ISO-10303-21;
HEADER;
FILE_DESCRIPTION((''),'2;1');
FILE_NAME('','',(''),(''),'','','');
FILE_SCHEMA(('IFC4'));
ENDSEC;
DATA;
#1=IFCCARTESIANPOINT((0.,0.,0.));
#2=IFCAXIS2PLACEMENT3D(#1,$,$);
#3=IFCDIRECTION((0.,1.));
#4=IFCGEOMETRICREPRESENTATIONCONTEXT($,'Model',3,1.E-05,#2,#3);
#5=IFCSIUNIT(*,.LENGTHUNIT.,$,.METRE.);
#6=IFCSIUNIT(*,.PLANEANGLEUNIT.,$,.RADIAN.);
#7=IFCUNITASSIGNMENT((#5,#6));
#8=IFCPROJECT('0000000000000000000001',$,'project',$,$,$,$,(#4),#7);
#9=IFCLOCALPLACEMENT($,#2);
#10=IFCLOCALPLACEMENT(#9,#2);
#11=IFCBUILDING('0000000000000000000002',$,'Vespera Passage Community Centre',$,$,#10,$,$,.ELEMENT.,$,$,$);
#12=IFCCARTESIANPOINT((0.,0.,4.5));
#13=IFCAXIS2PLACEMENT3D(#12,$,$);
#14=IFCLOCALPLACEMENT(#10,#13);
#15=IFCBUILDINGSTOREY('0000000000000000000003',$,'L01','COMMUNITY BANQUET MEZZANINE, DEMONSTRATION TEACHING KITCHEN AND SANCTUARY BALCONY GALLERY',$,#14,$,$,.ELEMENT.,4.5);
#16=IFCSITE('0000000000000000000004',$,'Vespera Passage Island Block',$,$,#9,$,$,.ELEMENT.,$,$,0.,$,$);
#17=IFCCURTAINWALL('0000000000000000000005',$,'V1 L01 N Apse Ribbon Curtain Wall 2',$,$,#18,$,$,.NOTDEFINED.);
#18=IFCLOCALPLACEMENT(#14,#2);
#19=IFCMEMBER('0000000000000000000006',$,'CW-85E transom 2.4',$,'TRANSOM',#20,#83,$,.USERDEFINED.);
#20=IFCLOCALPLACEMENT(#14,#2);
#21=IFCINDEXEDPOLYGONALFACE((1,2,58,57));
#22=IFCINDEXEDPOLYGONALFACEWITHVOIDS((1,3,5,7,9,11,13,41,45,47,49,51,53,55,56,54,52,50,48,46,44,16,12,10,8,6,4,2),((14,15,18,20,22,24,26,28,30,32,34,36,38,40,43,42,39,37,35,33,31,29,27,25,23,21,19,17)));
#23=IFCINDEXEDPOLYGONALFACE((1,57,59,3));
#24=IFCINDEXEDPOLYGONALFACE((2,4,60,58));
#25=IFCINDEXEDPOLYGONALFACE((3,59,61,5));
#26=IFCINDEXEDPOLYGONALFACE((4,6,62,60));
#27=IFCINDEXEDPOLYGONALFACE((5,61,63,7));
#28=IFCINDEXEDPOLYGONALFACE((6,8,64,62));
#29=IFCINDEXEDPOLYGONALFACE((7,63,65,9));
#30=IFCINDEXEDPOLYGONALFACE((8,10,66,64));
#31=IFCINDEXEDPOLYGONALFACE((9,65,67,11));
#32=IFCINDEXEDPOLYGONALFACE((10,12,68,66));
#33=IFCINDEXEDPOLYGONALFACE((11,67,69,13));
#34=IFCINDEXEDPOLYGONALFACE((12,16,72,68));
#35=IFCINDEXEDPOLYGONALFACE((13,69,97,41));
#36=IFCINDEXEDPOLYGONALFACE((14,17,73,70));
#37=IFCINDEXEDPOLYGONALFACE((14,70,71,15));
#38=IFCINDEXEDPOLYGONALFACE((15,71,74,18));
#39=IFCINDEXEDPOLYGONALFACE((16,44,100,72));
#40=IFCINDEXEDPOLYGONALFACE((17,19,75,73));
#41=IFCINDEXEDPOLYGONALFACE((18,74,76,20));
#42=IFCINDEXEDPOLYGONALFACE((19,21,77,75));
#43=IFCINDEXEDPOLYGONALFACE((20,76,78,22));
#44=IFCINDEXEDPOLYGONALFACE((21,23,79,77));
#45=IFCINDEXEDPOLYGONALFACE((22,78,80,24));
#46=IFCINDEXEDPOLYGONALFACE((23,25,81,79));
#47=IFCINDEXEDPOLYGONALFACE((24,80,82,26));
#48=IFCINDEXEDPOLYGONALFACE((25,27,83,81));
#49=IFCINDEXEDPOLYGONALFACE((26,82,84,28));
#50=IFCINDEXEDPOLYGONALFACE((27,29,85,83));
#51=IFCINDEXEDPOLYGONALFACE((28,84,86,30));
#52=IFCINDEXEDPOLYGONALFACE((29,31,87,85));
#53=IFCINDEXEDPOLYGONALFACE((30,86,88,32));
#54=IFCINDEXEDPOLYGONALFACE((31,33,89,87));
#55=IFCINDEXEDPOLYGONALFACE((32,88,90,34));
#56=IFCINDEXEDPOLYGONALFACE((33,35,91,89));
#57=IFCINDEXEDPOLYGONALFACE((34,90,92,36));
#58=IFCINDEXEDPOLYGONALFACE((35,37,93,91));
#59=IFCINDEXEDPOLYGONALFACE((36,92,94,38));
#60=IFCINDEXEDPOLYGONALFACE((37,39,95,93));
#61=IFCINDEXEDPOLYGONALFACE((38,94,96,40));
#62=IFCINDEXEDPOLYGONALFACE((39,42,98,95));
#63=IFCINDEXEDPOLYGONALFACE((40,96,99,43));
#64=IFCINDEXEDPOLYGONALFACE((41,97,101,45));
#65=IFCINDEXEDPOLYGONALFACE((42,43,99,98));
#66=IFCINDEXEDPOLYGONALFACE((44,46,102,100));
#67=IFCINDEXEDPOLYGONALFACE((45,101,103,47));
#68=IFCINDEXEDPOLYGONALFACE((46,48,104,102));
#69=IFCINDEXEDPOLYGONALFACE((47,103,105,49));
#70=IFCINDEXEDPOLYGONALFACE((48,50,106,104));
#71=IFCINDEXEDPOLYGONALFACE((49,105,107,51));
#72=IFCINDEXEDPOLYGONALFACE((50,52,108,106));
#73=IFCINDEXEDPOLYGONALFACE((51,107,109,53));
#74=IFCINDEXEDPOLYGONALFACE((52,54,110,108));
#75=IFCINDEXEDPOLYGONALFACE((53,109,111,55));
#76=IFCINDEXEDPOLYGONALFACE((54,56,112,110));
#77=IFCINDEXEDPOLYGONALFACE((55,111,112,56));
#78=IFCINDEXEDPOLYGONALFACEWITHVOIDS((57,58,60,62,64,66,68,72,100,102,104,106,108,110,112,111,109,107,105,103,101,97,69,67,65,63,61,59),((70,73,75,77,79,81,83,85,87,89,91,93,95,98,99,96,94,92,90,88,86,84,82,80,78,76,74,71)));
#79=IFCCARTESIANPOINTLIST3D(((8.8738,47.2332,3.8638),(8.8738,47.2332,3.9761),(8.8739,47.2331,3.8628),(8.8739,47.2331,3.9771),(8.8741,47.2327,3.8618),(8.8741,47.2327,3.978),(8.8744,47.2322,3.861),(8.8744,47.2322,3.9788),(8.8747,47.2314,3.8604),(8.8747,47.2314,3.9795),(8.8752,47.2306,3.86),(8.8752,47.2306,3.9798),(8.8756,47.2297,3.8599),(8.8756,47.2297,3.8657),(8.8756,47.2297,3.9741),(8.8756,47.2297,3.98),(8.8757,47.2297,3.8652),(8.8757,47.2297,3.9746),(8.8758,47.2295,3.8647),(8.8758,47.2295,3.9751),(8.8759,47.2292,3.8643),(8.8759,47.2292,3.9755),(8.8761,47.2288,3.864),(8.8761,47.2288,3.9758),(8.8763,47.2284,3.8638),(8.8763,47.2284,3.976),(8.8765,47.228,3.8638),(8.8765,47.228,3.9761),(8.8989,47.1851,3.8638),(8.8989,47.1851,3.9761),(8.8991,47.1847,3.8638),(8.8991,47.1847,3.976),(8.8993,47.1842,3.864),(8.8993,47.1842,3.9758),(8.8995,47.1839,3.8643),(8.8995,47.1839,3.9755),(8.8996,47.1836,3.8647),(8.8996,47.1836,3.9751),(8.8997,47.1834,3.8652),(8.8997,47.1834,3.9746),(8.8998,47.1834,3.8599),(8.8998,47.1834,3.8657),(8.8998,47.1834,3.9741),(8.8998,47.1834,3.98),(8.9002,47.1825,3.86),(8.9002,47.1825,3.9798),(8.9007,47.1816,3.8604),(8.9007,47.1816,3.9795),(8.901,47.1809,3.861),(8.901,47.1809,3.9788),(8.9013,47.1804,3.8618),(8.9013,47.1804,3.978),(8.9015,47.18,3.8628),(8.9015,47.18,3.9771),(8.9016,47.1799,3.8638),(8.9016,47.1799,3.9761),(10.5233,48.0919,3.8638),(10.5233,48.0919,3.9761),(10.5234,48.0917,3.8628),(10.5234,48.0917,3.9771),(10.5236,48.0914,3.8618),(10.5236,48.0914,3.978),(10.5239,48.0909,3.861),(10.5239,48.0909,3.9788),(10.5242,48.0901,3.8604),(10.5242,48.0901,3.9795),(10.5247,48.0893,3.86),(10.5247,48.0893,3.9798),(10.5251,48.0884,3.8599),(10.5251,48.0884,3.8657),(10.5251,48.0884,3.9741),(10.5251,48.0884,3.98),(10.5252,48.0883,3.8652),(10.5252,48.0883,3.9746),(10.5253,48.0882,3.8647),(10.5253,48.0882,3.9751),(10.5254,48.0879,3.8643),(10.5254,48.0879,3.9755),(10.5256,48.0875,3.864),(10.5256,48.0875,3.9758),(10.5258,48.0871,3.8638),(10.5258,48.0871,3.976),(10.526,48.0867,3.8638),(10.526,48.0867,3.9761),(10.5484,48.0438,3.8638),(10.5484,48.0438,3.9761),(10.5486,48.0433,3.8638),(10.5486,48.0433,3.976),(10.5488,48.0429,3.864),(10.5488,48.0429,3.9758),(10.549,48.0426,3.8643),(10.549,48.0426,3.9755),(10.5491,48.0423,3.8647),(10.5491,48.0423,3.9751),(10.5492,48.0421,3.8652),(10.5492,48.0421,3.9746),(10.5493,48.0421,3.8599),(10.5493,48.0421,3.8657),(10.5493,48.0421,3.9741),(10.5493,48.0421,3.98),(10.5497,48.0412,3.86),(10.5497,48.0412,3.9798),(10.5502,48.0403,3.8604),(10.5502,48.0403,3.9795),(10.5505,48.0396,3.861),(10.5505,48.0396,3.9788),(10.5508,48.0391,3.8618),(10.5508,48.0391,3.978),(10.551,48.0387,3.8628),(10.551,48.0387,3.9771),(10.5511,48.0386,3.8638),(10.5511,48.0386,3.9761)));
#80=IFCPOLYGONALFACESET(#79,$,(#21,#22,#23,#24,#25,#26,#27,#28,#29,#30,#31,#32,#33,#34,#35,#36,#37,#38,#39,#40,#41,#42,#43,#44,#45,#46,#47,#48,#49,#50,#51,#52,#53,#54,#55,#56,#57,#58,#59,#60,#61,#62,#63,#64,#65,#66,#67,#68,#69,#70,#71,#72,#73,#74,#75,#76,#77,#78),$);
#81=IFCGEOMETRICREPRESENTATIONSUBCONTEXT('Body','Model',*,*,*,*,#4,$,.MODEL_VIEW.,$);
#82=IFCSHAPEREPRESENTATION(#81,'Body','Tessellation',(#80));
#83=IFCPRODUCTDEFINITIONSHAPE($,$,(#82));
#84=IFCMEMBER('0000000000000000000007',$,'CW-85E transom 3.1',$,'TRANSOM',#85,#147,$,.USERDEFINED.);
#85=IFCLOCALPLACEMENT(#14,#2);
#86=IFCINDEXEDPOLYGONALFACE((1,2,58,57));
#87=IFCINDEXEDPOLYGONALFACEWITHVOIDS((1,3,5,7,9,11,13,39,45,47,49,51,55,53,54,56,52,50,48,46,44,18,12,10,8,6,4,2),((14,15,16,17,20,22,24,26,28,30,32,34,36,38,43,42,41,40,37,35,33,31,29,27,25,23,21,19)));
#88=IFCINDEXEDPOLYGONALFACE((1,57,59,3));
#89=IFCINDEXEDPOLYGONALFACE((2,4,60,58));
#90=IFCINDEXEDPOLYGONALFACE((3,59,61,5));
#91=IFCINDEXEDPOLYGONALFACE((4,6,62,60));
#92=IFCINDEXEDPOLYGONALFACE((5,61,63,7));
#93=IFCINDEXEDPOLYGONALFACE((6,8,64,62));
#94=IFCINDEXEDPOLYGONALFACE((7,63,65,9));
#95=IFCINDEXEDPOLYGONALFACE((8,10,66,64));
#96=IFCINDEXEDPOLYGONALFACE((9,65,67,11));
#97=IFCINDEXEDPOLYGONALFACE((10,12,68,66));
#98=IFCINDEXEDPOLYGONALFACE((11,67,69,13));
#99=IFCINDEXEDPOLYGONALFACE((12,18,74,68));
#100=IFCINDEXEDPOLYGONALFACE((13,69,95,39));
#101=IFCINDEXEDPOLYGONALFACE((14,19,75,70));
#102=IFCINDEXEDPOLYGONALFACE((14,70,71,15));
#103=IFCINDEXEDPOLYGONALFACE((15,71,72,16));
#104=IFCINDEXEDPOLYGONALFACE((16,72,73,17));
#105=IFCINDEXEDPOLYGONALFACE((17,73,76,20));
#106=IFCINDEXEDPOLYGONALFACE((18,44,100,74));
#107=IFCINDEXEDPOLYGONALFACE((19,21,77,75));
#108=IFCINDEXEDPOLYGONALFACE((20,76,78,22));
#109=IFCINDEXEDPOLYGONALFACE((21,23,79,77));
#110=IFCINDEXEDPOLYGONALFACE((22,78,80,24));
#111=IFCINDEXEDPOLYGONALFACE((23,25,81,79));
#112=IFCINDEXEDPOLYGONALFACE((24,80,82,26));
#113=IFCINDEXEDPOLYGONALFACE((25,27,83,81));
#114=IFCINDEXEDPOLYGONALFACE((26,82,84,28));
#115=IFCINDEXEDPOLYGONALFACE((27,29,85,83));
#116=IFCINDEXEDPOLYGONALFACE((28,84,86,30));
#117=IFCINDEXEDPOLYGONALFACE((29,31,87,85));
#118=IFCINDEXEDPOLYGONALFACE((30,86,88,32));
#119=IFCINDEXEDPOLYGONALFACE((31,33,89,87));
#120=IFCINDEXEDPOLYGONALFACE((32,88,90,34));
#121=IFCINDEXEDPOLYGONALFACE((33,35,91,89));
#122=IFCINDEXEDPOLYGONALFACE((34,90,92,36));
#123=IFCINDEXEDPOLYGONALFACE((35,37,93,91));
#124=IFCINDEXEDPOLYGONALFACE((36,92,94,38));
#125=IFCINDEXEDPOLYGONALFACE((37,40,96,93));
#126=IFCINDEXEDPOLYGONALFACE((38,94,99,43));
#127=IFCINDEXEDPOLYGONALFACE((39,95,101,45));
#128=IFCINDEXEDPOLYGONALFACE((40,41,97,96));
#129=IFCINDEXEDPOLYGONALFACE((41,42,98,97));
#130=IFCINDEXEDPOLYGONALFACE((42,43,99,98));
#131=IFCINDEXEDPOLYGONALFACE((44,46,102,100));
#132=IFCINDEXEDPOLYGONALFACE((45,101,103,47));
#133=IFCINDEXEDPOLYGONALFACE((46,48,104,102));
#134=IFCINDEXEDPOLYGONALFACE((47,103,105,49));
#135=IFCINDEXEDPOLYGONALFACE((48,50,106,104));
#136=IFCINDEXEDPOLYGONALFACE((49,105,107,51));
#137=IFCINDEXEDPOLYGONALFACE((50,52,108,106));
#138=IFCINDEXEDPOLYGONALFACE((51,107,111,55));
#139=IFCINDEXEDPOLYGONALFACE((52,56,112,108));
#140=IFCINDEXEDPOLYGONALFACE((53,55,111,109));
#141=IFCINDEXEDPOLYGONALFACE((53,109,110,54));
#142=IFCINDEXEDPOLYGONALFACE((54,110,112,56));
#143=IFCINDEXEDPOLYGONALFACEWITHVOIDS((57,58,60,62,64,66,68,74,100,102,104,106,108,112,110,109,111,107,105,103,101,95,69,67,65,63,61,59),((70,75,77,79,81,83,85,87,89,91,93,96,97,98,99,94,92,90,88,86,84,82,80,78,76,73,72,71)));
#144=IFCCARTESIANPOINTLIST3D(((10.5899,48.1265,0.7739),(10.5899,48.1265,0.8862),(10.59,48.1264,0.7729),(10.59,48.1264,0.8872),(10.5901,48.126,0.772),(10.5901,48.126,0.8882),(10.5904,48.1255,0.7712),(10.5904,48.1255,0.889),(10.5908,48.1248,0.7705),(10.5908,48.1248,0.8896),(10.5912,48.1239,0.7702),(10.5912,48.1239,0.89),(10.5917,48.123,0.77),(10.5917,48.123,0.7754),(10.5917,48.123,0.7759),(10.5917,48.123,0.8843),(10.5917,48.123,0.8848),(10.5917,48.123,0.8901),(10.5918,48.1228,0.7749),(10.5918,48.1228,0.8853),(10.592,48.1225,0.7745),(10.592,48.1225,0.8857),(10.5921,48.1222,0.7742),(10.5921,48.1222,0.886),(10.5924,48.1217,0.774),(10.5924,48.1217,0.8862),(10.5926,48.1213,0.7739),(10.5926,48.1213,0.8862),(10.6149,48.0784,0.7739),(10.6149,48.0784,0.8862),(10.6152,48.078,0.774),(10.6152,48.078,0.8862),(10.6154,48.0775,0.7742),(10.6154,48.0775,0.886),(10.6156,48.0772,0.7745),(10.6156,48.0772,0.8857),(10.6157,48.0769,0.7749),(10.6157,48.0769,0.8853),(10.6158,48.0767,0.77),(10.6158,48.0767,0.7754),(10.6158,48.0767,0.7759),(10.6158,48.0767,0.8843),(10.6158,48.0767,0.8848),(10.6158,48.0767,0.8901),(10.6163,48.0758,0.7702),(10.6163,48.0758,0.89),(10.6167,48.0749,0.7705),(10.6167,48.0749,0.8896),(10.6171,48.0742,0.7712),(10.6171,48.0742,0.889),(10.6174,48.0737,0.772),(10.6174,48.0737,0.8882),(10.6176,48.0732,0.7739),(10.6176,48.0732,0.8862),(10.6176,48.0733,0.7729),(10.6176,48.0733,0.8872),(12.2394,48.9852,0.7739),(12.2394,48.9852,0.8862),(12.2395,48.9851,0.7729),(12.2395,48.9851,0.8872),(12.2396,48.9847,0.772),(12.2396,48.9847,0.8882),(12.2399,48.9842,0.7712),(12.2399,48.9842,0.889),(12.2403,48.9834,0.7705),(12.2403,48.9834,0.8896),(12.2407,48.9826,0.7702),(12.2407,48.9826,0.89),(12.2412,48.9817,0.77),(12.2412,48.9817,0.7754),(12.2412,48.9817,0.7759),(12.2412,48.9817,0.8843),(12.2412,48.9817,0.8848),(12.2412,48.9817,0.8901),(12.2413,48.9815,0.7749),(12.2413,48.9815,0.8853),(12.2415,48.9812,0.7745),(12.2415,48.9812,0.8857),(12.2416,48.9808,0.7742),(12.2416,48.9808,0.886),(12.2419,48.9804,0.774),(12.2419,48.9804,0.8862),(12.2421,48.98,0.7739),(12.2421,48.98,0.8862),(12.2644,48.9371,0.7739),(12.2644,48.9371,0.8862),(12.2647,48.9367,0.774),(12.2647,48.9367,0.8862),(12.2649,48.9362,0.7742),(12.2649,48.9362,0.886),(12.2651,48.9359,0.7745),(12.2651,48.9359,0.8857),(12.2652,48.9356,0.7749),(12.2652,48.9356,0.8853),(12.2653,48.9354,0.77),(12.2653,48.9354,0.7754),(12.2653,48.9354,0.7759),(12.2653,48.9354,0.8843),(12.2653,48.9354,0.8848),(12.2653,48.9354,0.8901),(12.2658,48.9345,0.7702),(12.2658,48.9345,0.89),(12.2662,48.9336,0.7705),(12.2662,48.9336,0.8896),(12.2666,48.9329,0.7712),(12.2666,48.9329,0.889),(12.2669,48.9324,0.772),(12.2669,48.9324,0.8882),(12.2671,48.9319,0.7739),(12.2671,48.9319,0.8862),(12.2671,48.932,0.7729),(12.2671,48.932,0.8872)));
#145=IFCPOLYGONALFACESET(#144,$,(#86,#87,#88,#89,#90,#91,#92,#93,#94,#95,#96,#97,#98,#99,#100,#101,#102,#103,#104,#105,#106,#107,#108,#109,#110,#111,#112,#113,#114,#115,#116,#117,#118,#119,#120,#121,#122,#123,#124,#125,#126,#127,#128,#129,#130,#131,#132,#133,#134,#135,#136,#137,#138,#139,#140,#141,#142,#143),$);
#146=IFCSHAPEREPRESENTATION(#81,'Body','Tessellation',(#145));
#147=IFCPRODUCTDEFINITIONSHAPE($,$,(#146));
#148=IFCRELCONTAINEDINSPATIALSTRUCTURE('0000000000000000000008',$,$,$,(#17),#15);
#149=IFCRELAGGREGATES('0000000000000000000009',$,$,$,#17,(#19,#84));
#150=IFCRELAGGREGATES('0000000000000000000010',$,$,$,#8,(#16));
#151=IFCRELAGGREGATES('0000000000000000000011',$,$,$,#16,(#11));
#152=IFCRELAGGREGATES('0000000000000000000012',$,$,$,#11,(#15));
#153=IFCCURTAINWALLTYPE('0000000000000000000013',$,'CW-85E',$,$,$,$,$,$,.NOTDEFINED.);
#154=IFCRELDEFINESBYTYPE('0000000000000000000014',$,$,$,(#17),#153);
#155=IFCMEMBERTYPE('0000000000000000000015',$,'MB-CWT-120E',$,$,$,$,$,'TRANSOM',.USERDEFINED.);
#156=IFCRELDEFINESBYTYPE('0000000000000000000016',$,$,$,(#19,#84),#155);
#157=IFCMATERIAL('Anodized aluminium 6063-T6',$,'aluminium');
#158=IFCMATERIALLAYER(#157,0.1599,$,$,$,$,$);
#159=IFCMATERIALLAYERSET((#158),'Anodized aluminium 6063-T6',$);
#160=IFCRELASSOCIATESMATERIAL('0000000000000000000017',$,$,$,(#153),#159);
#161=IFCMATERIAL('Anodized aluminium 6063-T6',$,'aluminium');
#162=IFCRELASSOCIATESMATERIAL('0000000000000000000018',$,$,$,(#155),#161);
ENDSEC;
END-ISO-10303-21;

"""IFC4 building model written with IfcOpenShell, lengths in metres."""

from ifc_helpers import new_model, si_unit, direction, frame, origin, origin_2d, place, context, subcontext, project, spatial, hollow_rectangle, extrude, material, layer, layer_set, material_profile, profile_set, type_object, element, aggregate, save


model = new_model("IFC4")

# Units and contexts
model_context = context("Model", 3, precision=1e-05, world=origin(), true_north=direction((0.0, 1.0)))
body_context = subcontext(model_context, "Body", "Model", "MODEL_VIEW")
ifc_project = project(units=[si_unit("LENGTHUNIT", "METRE"), si_unit("PLANEANGLEUNIT", "RADIAN")], contexts=[model_context])

# Site, building, storey
site_placement = place(None, origin())
site = spatial("IfcSite", under=ifc_project, at=site_placement, Name="Vespera Passage Island Block", CompositionType="ELEMENT", RefElevation=0.0)
building_placement = place(site_placement, origin())
building = spatial("IfcBuilding", under=site, at=building_placement, Name="Vespera Passage Community Centre", CompositionType="ELEMENT")
storey_placement = place(building_placement, frame((0.0, 0.0, 4.5)))
storey = spatial("IfcBuildingStorey", under=building, at=storey_placement, Name="L01", Description="COMMUNITY BANQUET MEZZANINE, DEMONSTRATION TEACHING KITCHEN AND SANCTUARY BALCONY GALLERY", CompositionType="ELEMENT", Elevation=4.5)

# Curtain wall, members
ifc_material_1 = material(Name="Anodized aluminium 6063-T6", Category="aluminium")
ifc_layer_1 = layer(ifc_material_1, 0.1599)
ifc_layer_set_1 = layer_set([ifc_layer_1], Name="Anodized aluminium 6063-T6")
curtain_wall_type = type_object("IfcCurtainWallType", Name="CW-85E", PredefinedType="NOTDEFINED", material=ifc_layer_set_1)
curtain_wall_placement = place(storey_placement, origin())
curtain_wall = element("IfcCurtainWall", 1, at=curtain_wall_placement, inside=storey, type_object=curtain_wall_type, Name="V1 L01 N Apse Ribbon Curtain Wall 2", PredefinedType="NOTDEFINED")
ifc_material_2 = material(Name="Anodized aluminium 6063-T6", Category="aluminium")
ifc_material_profile_1 = material_profile(ifc_material_2, hollow_rectangle(XDim=0.0601, YDim=0.1201, WallThickness=0.0039, InnerFilletRadius=0.002, OuterFilletRadius=0.0039, at=origin_2d()), Name="ALU120X60X4")
ifc_profile_set_1 = profile_set([ifc_material_profile_1], Name="Anodized aluminium 6063-T6")
member_type_1 = type_object("IfcMemberType", Name="MB-CWT-120E", ElementType="TRANSOM", PredefinedType="USERDEFINED", material=ifc_profile_set_1)
member_1_placement = place(storey_placement, frame((8.8877, 47.2065, 3.9199), z_axis=(0.887008, 0.461754, 0.0), x_axis=(-0.461754, 0.887008, 0.0)))
member_1 = element("IfcMember", 2, at=member_1_placement, type_object=member_type_1, Name="CW-85E transom 2.4", ObjectType="TRANSOM", PredefinedType="USERDEFINED", context=body_context, shape_type="SweptSolid", body=[
    extrude(hollow_rectangle(XDim=0.0601, YDim=0.1201, WallThickness=0.0039, InnerFilletRadius=0.002, OuterFilletRadius=0.0039, at=origin_2d()), origin(), (0.0, 0.0, 1.0), 1.8596),
])
member_2_placement = place(storey_placement, frame((10.6038, 48.0999, 0.8301), z_axis=(0.887008, 0.461754, 0.0), x_axis=(-0.461754, 0.887008, 0.0)))
member_2 = element("IfcMember", 3, at=member_2_placement, type_object=member_type_1, Name="CW-85E transom 3.1", ObjectType="TRANSOM", PredefinedType="USERDEFINED", context=body_context, shape_type="SweptSolid", body=[
    extrude(hollow_rectangle(XDim=0.0601, YDim=0.1201, WallThickness=0.0039, InnerFilletRadius=0.002, OuterFilletRadius=0.0039, at=origin_2d()), origin(), (0.0, 0.0, 1.0), 1.8596),
])
aggregate(curtain_wall, [member_1, member_2])

save(model, "model.ifc")
